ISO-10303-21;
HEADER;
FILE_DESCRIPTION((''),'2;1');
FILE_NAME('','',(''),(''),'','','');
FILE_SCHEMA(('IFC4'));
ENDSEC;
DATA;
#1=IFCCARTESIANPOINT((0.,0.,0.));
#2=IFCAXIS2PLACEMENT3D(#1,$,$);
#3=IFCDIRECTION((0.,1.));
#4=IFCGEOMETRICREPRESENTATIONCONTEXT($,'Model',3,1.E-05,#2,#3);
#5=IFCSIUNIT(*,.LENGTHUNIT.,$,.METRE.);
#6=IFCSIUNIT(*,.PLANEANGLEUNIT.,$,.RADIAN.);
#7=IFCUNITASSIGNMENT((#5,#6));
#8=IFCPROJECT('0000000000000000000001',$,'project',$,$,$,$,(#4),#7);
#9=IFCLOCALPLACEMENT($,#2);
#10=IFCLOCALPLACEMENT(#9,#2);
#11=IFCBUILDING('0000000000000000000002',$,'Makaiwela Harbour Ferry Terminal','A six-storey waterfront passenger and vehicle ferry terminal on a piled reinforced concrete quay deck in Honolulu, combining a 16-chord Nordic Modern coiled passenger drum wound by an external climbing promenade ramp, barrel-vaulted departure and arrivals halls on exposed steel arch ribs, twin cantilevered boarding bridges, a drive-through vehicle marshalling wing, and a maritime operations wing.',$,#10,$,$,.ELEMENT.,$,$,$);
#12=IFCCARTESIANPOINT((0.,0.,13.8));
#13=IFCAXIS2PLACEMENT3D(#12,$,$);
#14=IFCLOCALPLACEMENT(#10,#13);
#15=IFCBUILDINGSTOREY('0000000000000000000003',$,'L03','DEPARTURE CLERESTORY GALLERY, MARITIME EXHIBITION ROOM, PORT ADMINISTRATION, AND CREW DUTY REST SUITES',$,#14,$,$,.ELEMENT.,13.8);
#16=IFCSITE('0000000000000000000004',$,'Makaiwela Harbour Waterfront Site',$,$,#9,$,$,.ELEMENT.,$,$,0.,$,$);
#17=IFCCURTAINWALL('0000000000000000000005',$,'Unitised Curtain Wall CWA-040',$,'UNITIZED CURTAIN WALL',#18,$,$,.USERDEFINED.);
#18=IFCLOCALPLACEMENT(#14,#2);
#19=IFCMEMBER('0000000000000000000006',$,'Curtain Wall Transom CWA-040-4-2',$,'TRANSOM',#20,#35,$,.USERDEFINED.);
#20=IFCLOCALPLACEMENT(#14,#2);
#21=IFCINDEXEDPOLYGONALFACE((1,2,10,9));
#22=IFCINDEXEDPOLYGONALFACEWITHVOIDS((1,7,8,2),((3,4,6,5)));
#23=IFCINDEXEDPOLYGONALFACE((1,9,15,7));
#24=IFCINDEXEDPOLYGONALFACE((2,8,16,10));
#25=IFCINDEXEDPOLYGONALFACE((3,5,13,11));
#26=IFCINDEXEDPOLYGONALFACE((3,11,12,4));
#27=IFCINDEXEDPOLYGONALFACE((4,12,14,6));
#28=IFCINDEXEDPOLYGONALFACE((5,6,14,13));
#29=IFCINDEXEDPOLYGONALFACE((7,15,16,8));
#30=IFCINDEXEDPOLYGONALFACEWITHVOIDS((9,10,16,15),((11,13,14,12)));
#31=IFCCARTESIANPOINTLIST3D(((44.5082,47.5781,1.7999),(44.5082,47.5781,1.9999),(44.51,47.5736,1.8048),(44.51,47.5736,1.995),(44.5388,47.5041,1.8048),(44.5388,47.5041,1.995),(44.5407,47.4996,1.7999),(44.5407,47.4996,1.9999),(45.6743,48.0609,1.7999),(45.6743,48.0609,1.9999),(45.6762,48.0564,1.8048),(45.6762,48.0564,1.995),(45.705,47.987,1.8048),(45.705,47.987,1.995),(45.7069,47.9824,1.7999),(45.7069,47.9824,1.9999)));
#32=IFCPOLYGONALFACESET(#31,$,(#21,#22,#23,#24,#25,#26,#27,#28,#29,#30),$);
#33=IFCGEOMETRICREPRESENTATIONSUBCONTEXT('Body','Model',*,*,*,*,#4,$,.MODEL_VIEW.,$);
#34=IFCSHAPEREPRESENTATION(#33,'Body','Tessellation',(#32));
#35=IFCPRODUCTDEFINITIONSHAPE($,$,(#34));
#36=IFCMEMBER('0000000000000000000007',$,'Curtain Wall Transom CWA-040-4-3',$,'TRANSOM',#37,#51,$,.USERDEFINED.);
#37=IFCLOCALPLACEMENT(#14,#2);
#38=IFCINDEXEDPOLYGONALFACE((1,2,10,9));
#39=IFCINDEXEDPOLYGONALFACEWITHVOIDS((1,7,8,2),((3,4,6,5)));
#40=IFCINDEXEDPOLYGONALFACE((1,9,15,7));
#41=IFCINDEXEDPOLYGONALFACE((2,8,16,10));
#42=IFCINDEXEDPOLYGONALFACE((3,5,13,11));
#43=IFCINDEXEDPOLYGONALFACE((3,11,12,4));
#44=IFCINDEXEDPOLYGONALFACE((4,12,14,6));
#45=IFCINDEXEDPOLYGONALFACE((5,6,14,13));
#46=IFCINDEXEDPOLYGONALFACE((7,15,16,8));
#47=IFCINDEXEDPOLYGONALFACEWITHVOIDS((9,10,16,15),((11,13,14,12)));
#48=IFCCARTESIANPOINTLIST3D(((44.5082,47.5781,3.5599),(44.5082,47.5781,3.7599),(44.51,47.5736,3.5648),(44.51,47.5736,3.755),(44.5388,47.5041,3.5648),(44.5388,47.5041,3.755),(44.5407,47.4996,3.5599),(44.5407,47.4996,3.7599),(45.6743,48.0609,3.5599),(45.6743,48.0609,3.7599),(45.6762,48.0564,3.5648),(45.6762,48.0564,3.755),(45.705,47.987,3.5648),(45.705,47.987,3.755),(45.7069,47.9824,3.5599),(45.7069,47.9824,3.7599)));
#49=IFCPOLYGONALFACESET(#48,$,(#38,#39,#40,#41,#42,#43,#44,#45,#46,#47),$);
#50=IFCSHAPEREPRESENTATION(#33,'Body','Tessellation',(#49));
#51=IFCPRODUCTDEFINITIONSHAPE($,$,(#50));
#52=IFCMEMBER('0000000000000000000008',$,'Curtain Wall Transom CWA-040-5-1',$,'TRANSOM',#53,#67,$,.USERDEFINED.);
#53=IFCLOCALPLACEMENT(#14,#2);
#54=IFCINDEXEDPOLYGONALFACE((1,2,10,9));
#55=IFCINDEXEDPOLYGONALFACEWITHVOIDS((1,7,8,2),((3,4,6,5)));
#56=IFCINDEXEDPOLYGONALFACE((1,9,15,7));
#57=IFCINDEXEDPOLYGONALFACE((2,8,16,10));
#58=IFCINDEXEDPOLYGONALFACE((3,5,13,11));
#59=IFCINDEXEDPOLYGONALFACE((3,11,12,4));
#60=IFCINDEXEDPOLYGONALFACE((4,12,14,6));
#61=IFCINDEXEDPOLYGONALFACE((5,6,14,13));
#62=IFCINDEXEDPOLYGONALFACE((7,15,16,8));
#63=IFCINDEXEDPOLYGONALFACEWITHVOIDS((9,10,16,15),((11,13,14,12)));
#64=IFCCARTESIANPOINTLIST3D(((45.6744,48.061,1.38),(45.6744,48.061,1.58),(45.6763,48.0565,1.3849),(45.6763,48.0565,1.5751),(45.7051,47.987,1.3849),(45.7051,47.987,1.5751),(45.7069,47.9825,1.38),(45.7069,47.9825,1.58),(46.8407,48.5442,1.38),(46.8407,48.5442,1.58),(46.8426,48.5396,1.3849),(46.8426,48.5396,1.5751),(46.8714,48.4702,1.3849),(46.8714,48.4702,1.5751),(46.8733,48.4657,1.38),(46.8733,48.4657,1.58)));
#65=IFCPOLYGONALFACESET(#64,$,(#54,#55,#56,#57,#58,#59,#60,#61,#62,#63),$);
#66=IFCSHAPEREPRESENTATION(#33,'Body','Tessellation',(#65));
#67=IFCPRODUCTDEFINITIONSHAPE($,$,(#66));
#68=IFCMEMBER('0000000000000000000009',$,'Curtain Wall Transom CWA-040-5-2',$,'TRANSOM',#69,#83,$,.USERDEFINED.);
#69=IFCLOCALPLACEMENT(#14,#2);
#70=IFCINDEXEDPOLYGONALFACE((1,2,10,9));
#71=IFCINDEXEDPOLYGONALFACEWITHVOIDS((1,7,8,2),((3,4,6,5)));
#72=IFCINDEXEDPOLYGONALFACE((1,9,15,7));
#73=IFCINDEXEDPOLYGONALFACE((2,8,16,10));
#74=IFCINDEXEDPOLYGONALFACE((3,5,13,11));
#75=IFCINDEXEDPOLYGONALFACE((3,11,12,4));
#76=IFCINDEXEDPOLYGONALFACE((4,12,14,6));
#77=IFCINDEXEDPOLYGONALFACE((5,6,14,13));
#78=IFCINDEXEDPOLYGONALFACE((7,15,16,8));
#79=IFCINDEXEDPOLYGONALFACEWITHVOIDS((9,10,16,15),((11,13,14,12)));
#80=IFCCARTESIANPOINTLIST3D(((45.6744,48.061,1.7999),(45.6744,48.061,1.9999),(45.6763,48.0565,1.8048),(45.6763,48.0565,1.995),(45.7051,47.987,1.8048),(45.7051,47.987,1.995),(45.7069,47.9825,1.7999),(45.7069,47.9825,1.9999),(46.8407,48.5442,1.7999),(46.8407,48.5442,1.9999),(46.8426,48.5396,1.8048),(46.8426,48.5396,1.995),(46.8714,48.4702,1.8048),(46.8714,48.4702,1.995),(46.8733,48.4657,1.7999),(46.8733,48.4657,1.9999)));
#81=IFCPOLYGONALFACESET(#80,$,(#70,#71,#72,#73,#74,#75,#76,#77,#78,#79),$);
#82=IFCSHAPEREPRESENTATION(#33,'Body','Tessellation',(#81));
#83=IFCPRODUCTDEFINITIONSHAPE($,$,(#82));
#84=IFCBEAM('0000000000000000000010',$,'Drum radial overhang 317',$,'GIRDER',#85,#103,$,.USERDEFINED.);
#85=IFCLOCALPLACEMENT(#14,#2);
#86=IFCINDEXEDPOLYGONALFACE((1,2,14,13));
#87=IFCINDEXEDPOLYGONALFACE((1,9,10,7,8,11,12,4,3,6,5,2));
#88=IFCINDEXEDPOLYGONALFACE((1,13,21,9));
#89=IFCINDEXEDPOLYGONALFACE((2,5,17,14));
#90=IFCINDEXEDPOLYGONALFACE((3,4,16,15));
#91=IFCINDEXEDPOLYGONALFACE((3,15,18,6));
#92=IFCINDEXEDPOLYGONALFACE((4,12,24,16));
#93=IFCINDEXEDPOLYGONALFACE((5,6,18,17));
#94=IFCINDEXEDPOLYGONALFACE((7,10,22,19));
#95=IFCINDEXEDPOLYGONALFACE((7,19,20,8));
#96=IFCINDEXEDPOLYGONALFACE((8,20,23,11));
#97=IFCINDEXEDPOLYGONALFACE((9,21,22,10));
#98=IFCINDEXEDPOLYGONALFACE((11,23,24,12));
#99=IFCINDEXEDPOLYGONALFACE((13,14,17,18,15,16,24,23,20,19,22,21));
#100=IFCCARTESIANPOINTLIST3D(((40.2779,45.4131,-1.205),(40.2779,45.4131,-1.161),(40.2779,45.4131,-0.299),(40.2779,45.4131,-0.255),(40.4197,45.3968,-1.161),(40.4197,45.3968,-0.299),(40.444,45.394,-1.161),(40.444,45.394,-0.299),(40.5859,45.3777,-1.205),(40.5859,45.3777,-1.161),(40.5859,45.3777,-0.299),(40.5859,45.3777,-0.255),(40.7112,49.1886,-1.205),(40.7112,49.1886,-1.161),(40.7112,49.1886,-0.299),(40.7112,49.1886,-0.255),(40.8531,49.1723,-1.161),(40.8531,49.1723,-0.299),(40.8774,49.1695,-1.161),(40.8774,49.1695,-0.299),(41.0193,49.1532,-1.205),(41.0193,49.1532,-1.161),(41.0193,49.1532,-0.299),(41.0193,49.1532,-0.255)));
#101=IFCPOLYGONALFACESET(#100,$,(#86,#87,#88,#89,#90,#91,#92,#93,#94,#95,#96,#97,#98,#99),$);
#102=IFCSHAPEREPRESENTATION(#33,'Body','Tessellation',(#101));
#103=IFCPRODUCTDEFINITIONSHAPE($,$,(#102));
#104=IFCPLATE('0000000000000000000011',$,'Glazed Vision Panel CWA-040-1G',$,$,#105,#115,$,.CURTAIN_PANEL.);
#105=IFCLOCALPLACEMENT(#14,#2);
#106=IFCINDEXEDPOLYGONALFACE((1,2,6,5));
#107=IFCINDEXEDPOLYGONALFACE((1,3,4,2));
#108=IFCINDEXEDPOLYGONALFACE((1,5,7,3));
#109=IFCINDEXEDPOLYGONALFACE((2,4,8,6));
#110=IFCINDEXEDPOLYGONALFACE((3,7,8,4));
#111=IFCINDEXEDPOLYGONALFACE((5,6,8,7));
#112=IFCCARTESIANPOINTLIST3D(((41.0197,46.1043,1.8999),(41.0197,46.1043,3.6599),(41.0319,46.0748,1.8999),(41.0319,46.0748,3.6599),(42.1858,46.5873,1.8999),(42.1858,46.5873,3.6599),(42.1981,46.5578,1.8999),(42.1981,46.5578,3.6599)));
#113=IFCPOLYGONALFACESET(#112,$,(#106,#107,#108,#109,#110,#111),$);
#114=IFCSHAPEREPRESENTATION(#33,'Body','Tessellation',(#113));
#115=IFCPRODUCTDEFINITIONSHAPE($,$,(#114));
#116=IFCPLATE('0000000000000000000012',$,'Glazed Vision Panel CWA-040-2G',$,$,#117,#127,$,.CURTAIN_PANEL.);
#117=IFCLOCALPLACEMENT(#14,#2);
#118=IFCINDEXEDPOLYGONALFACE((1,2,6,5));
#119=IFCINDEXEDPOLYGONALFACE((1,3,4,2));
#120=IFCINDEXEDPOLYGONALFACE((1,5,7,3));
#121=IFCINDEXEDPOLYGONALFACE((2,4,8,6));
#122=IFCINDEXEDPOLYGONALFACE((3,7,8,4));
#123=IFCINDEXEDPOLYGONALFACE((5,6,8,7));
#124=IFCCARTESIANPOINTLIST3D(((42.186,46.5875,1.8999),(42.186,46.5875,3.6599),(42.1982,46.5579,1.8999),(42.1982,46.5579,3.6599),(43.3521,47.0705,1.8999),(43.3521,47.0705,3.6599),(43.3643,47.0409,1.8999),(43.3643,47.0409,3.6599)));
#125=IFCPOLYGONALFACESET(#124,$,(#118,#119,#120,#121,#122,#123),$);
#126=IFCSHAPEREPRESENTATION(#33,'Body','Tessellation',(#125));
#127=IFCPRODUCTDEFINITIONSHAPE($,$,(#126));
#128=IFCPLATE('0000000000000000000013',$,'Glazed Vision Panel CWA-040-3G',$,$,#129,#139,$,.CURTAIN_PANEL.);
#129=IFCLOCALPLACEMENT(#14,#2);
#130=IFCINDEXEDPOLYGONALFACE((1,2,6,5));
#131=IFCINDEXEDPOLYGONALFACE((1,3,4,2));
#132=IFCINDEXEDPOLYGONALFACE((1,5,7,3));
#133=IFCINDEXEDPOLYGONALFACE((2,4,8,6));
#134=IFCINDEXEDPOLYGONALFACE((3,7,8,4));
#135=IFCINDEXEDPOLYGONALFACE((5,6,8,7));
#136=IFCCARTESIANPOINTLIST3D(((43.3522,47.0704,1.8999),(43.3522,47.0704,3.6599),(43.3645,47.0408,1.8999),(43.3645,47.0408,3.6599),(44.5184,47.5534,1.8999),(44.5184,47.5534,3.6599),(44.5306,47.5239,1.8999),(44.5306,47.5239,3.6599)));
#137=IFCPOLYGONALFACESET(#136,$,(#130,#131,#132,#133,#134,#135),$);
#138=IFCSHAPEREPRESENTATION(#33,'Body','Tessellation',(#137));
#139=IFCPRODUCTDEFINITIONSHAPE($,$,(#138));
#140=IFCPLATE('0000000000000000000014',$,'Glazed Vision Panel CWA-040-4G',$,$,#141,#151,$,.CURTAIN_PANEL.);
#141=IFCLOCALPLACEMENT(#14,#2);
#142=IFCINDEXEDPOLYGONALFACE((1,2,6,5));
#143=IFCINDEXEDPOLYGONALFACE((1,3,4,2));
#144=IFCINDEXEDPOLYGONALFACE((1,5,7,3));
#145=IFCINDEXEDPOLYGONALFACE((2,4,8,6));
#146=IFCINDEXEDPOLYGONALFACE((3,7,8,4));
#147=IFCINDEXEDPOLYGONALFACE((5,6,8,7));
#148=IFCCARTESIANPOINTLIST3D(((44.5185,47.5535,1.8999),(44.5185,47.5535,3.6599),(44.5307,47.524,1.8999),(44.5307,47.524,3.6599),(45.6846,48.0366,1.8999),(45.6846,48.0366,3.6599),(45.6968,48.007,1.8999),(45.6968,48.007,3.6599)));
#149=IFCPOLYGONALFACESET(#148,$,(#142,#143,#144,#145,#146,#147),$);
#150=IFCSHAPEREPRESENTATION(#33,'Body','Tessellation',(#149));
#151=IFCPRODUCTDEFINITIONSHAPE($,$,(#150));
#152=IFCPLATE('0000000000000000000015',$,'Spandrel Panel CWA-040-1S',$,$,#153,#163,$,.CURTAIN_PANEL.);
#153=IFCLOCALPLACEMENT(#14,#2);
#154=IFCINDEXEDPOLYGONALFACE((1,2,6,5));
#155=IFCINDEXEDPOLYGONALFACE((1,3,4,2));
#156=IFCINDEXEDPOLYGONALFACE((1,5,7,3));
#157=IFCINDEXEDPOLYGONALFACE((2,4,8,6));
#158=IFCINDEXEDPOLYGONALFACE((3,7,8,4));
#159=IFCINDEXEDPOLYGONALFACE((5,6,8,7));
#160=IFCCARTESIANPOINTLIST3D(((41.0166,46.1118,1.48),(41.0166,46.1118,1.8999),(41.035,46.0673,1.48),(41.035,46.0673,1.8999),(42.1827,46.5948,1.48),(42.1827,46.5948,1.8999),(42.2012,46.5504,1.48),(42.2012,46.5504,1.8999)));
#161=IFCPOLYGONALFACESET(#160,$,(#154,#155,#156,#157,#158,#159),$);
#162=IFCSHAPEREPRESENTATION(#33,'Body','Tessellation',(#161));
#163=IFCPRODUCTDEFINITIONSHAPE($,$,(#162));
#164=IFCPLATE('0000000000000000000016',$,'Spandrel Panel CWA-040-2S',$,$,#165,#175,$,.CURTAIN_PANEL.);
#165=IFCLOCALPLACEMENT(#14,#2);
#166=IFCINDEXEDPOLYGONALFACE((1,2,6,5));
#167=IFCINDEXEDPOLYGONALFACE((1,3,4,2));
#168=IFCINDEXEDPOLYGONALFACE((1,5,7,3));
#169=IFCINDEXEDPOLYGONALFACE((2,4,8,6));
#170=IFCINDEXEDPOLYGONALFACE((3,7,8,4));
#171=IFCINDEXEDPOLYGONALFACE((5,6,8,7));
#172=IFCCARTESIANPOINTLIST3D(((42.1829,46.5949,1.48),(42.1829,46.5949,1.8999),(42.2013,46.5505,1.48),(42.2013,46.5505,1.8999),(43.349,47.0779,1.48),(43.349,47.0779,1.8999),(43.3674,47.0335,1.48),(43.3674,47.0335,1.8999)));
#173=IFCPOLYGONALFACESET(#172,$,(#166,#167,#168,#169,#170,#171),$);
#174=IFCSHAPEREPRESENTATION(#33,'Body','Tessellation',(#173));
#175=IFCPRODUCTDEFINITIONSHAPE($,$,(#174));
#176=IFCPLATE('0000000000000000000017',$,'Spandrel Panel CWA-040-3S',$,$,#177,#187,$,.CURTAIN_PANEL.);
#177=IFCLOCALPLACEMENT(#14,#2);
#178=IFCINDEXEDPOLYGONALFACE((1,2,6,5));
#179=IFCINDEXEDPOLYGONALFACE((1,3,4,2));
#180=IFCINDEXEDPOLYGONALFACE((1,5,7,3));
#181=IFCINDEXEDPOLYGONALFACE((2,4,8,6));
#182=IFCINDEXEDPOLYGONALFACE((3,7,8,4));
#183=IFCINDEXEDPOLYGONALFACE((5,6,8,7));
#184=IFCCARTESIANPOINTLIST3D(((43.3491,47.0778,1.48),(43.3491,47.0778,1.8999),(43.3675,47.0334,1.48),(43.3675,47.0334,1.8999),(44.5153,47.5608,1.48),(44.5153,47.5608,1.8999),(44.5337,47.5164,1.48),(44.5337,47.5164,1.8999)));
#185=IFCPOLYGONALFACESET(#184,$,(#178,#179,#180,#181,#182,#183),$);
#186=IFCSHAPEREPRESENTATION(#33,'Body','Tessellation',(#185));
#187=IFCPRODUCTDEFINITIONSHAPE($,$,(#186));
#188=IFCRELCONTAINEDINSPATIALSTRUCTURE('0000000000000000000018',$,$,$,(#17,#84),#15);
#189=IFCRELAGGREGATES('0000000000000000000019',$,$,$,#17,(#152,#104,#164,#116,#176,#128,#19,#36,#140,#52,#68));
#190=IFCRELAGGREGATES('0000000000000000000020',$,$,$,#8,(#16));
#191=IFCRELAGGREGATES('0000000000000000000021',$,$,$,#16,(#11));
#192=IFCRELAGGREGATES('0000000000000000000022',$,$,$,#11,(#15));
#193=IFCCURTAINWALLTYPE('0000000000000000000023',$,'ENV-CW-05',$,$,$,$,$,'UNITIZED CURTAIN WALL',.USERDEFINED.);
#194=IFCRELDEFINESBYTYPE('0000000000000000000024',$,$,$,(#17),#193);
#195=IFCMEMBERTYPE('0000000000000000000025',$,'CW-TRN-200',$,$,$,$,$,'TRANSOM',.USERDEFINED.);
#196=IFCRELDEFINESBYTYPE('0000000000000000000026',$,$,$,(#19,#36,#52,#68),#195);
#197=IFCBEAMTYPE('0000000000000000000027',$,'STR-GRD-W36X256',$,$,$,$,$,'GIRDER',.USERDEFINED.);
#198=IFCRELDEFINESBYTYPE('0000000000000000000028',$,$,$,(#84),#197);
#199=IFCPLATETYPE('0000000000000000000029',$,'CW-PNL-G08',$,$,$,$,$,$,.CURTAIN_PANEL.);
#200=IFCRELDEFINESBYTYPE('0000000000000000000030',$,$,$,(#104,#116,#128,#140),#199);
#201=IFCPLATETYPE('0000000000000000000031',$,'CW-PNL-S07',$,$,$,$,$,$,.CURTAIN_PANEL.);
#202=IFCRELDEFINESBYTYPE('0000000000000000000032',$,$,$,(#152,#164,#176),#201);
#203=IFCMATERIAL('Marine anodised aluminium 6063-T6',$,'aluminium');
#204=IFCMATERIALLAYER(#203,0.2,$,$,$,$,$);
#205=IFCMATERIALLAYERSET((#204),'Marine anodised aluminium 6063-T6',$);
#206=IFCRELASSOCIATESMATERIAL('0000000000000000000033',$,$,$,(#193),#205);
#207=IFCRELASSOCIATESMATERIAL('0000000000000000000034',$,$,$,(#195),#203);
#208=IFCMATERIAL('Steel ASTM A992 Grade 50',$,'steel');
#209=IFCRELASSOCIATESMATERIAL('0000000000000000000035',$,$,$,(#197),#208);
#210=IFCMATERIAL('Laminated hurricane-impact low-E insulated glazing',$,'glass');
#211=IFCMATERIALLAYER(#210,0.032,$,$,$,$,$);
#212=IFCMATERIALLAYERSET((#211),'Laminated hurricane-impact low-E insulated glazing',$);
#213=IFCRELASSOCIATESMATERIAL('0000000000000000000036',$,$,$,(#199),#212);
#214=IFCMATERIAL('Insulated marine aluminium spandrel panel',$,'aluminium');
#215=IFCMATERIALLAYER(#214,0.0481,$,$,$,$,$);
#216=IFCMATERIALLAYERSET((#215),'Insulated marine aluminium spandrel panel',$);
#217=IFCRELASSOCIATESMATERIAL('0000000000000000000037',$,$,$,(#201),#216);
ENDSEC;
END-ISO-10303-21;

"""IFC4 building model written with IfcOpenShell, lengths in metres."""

from ifc_helpers import new_model, si_unit, direction, frame, origin, origin_2d, place, context, subcontext, project, spatial, rectangle, hollow_rectangle, i_section, extrude, material, layer, layer_set, material_profile, profile_set, type_object, element, aggregate, save


model = new_model("IFC4")

# Units and contexts
model_context = context("Model", 3, precision=1e-05, world=origin(), true_north=direction((0.0, 1.0)))
body_context = subcontext(model_context, "Body", "Model", "MODEL_VIEW")
ifc_project = project(units=[si_unit("LENGTHUNIT", "METRE"), si_unit("PLANEANGLEUNIT", "RADIAN")], contexts=[model_context])

# Site, building, storey
site_placement = place(None, origin())
site = spatial("IfcSite", under=ifc_project, at=site_placement, Name="Makaiwela Harbour Waterfront Site", CompositionType="ELEMENT", RefElevation=0.0)
building_placement = place(site_placement, origin())
building = spatial("IfcBuilding", under=site, at=building_placement, Name="Makaiwela Harbour Ferry Terminal", Description="A six-storey waterfront passenger and vehicle ferry terminal on a piled reinforced concrete quay deck in Honolulu, combining a 16-chord Nordic Modern coiled passenger drum wound by an external climbing promenade ramp, barrel-vaulted departure and arrivals halls on exposed steel arch ribs, twin cantilevered boarding bridges, a drive-through vehicle marshalling wing, and a maritime operations wing.", CompositionType="ELEMENT")
storey_placement = place(building_placement, frame((0.0, 0.0, 13.8)))
storey = spatial("IfcBuildingStorey", under=building, at=storey_placement, Name="L03", Description="DEPARTURE CLERESTORY GALLERY, MARITIME EXHIBITION ROOM, PORT ADMINISTRATION, AND CREW DUTY REST SUITES", CompositionType="ELEMENT", Elevation=13.8)

# Curtain wall, members
ifc_material_1 = material(Name="Marine anodised aluminium 6063-T6", Category="aluminium")
ifc_layer_1 = layer(ifc_material_1, 0.2)
ifc_layer_set_1 = layer_set([ifc_layer_1], Name="Marine anodised aluminium 6063-T6")
curtain_wall_type = type_object("IfcCurtainWallType", Name="ENV-CW-05", ElementType="UNITIZED CURTAIN WALL", PredefinedType="USERDEFINED", material=ifc_layer_set_1)
curtain_wall_placement = place(storey_placement, origin())
curtain_wall = element("IfcCurtainWall", 1, at=curtain_wall_placement, inside=storey, type_object=curtain_wall_type, Name="Unitised Curtain Wall CWA-040", ObjectType="UNITIZED CURTAIN WALL", PredefinedType="USERDEFINED")
ifc_material_profile_1 = material_profile(ifc_material_1, hollow_rectangle(XDim=0.085, YDim=0.2, WallThickness=0.0049, at=origin_2d()), Name="CWT-200X85")
ifc_profile_set_1 = profile_set([ifc_material_profile_1], Name="Marine anodised aluminium 6063-T6")
member_type_1 = type_object("IfcMemberType", Name="CW-TRN-200", ElementType="TRANSOM", PredefinedType="USERDEFINED", material=ifc_profile_set_1)
member_1_placement = place(storey_placement, frame((44.5244, 47.5388, 1.8999), z_axis=(0.923927, 0.382568, 0.0), x_axis=(-0.382568, 0.923927, 0.0)))
member_1 = element("IfcMember", 2, at=member_1_placement, type_object=member_type_1, Name="Curtain Wall Transom CWA-040-4-2", ObjectType="TRANSOM", PredefinedType="USERDEFINED", context=body_context, shape_type="SweptSolid", body=[
    extrude(hollow_rectangle(XDim=0.085, YDim=0.2, WallThickness=0.0049, at=origin_2d()), origin(), (0.0, 0.0, 1.0), 1.2622),
])
member_2_placement = place(storey_placement, frame((44.5244, 47.5388, 3.6599), z_axis=(0.923927, 0.382568, 0.0), x_axis=(-0.382568, 0.923927, 0.0)))
member_2 = element("IfcMember", 3, at=member_2_placement, type_object=member_type_1, Name="Curtain Wall Transom CWA-040-4-3", ObjectType="TRANSOM", PredefinedType="USERDEFINED", context=body_context, shape_type="SweptSolid", body=[
    extrude(hollow_rectangle(XDim=0.085, YDim=0.2, WallThickness=0.0049, at=origin_2d()), origin(), (0.0, 0.0, 1.0), 1.2622),
])
member_3_placement = place(storey_placement, frame((45.6907, 48.0217, 1.48), z_axis=(0.923859, 0.382733, 0.0), x_axis=(-0.382733, 0.923859, 0.0)))
member_3 = element("IfcMember", 4, at=member_3_placement, type_object=member_type_1, Name="Curtain Wall Transom CWA-040-5-1", ObjectType="TRANSOM", PredefinedType="USERDEFINED", context=body_context, shape_type="SweptSolid", body=[
    extrude(hollow_rectangle(XDim=0.085, YDim=0.2, WallThickness=0.0049, at=origin_2d()), origin(), (0.0, 0.0, 1.0), 1.2625),
])
member_4_placement = place(storey_placement, frame((45.6907, 48.0217, 1.8999), z_axis=(0.923859, 0.382733, 0.0), x_axis=(-0.382733, 0.923859, 0.0)))
member_4 = element("IfcMember", 5, at=member_4_placement, type_object=member_type_1, Name="Curtain Wall Transom CWA-040-5-2", ObjectType="TRANSOM", PredefinedType="USERDEFINED", context=body_context, shape_type="SweptSolid", body=[
    extrude(hollow_rectangle(XDim=0.085, YDim=0.2, WallThickness=0.0049, at=origin_2d()), origin(), (0.0, 0.0, 1.0), 1.2625),
])

# Beam
ifc_material_2 = material(Name="Steel ASTM A992 Grade 50", Category="steel")
ifc_material_profile_2 = material_profile(ifc_material_2, i_section(OverallWidth=0.3101, OverallDepth=0.95, WebThickness=0.0244, FlangeThickness=0.0439, at=origin_2d()), Name="W36X256")
ifc_profile_set_2 = profile_set([ifc_material_profile_2], Name="Steel ASTM A992 Grade 50")
beam_type = type_object("IfcBeamType", Name="STR-GRD-W36X256", ElementType="GIRDER", PredefinedType="USERDEFINED", material=ifc_profile_set_2)
beam_placement = place(storey_placement, frame((40.8652, 49.1709, -0.73), z_axis=(-0.114034, -0.993477, 0.0), x_axis=(0.993477, -0.114034, 0.0)))
element("IfcBeam", 6, at=beam_placement, inside=storey, type_object=beam_type, Name="Drum radial overhang 317", ObjectType="GIRDER", PredefinedType="USERDEFINED", context=body_context, shape_type="SweptSolid", body=[
    extrude(i_section(OverallWidth=0.3101, OverallDepth=0.95, WebThickness=0.0244, FlangeThickness=0.0439, at=origin_2d()), origin(), (0.0, 0.0, 1.0), 3.8003),
])

# Plates
ifc_material_3 = material(Name="Laminated hurricane-impact low-E insulated glazing", Category="glass")
ifc_layer_2 = layer(ifc_material_3, 0.032)
ifc_layer_set_2 = layer_set([ifc_layer_2], Name="Laminated hurricane-impact low-E insulated glazing")
plate_type_1 = type_object("IfcPlateType", Name="CW-PNL-G08", PredefinedType="CURTAIN_PANEL", material=ifc_layer_set_2)
plate_1_placement = place(storey_placement, frame((41.6089, 46.3311, 1.8999), z_axis=(0.0, 0.0, 1.0), x_axis=(0.92388, 0.382683, 0.0)))
plate_1 = element("IfcPlate", 7, at=plate_1_placement, type_object=plate_type_1, Name="Glazed Vision Panel CWA-040-1G", PredefinedType="CURTAIN_PANEL", context=body_context, shape_type="SweptSolid", body=[
    extrude(rectangle(XDim=1.2622, YDim=0.032, at=origin_2d()), origin(), (0.0, 0.0, 1.0), 1.76),
])
plate_2_placement = place(storey_placement, frame((42.7751, 46.8142, 1.8999), z_axis=(0.0, 0.0, 1.0), x_axis=(0.92388, 0.382683, 0.0)))
plate_2 = element("IfcPlate", 8, at=plate_2_placement, type_object=plate_type_1, Name="Glazed Vision Panel CWA-040-2G", PredefinedType="CURTAIN_PANEL", context=body_context, shape_type="SweptSolid", body=[
    extrude(rectangle(XDim=1.2622, YDim=0.032, at=origin_2d()), origin(), (0.0, 0.0, 1.0), 1.76),
])
plate_3_placement = place(storey_placement, frame((43.9414, 47.2971, 1.8999), z_axis=(0.0, 0.0, 1.0), x_axis=(0.92388, 0.382683, 0.0)))
plate_3 = element("IfcPlate", 9, at=plate_3_placement, type_object=plate_type_1, Name="Glazed Vision Panel CWA-040-3G", PredefinedType="CURTAIN_PANEL", context=body_context, shape_type="SweptSolid", body=[
    extrude(rectangle(XDim=1.2622, YDim=0.032, at=origin_2d()), origin(), (0.0, 0.0, 1.0), 1.76),
])
plate_4_placement = place(storey_placement, frame((45.1077, 47.7803, 1.8999), z_axis=(0.0, 0.0, 1.0), x_axis=(0.92388, 0.382683, 0.0)))
plate_4 = element("IfcPlate", 10, at=plate_4_placement, type_object=plate_type_1, Name="Glazed Vision Panel CWA-040-4G", PredefinedType="CURTAIN_PANEL", context=body_context, shape_type="SweptSolid", body=[
    extrude(rectangle(XDim=1.2622, YDim=0.032, at=origin_2d()), origin(), (0.0, 0.0, 1.0), 1.76),
])
ifc_material_4 = material(Name="Insulated marine aluminium spandrel panel", Category="aluminium")
ifc_layer_3 = layer(ifc_material_4, 0.0481)
ifc_layer_set_3 = layer_set([ifc_layer_3], Name="Insulated marine aluminium spandrel panel")
plate_type_2 = type_object("IfcPlateType", Name="CW-PNL-S07", PredefinedType="CURTAIN_PANEL", material=ifc_layer_set_3)
plate_5_placement = place(storey_placement, frame((41.6089, 46.3311, 1.48), z_axis=(0.0, 0.0, 1.0), x_axis=(0.92388, 0.382683, 0.0)))
plate_5 = element("IfcPlate", 11, at=plate_5_placement, type_object=plate_type_2, Name="Spandrel Panel CWA-040-1S", PredefinedType="CURTAIN_PANEL", context=body_context, shape_type="SweptSolid", body=[
    extrude(rectangle(XDim=1.2622, YDim=0.0481, at=origin_2d()), origin(), (0.0, 0.0, 1.0), 0.4199),
])
plate_6_placement = place(storey_placement, frame((42.7751, 46.8142, 1.48), z_axis=(0.0, 0.0, 1.0), x_axis=(0.92388, 0.382683, 0.0)))
plate_6 = element("IfcPlate", 12, at=plate_6_placement, type_object=plate_type_2, Name="Spandrel Panel CWA-040-2S", PredefinedType="CURTAIN_PANEL", context=body_context, shape_type="SweptSolid", body=[
    extrude(rectangle(XDim=1.2622, YDim=0.0481, at=origin_2d()), origin(), (0.0, 0.0, 1.0), 0.4199),
])
plate_7_placement = place(storey_placement, frame((43.9414, 47.2971, 1.48), z_axis=(0.0, 0.0, 1.0), x_axis=(0.92388, 0.382683, 0.0)))
plate_7 = element("IfcPlate", 13, at=plate_7_placement, type_object=plate_type_2, Name="Spandrel Panel CWA-040-3S", PredefinedType="CURTAIN_PANEL", context=body_context, shape_type="SweptSolid", body=[
    extrude(rectangle(XDim=1.2622, YDim=0.0481, at=origin_2d()), origin(), (0.0, 0.0, 1.0), 0.4199),
])
aggregate(curtain_wall, [plate_5, plate_1, plate_6, plate_2, plate_7, plate_3, member_1, member_2, plate_4, member_3, member_4])

save(model, "model.ifc")
